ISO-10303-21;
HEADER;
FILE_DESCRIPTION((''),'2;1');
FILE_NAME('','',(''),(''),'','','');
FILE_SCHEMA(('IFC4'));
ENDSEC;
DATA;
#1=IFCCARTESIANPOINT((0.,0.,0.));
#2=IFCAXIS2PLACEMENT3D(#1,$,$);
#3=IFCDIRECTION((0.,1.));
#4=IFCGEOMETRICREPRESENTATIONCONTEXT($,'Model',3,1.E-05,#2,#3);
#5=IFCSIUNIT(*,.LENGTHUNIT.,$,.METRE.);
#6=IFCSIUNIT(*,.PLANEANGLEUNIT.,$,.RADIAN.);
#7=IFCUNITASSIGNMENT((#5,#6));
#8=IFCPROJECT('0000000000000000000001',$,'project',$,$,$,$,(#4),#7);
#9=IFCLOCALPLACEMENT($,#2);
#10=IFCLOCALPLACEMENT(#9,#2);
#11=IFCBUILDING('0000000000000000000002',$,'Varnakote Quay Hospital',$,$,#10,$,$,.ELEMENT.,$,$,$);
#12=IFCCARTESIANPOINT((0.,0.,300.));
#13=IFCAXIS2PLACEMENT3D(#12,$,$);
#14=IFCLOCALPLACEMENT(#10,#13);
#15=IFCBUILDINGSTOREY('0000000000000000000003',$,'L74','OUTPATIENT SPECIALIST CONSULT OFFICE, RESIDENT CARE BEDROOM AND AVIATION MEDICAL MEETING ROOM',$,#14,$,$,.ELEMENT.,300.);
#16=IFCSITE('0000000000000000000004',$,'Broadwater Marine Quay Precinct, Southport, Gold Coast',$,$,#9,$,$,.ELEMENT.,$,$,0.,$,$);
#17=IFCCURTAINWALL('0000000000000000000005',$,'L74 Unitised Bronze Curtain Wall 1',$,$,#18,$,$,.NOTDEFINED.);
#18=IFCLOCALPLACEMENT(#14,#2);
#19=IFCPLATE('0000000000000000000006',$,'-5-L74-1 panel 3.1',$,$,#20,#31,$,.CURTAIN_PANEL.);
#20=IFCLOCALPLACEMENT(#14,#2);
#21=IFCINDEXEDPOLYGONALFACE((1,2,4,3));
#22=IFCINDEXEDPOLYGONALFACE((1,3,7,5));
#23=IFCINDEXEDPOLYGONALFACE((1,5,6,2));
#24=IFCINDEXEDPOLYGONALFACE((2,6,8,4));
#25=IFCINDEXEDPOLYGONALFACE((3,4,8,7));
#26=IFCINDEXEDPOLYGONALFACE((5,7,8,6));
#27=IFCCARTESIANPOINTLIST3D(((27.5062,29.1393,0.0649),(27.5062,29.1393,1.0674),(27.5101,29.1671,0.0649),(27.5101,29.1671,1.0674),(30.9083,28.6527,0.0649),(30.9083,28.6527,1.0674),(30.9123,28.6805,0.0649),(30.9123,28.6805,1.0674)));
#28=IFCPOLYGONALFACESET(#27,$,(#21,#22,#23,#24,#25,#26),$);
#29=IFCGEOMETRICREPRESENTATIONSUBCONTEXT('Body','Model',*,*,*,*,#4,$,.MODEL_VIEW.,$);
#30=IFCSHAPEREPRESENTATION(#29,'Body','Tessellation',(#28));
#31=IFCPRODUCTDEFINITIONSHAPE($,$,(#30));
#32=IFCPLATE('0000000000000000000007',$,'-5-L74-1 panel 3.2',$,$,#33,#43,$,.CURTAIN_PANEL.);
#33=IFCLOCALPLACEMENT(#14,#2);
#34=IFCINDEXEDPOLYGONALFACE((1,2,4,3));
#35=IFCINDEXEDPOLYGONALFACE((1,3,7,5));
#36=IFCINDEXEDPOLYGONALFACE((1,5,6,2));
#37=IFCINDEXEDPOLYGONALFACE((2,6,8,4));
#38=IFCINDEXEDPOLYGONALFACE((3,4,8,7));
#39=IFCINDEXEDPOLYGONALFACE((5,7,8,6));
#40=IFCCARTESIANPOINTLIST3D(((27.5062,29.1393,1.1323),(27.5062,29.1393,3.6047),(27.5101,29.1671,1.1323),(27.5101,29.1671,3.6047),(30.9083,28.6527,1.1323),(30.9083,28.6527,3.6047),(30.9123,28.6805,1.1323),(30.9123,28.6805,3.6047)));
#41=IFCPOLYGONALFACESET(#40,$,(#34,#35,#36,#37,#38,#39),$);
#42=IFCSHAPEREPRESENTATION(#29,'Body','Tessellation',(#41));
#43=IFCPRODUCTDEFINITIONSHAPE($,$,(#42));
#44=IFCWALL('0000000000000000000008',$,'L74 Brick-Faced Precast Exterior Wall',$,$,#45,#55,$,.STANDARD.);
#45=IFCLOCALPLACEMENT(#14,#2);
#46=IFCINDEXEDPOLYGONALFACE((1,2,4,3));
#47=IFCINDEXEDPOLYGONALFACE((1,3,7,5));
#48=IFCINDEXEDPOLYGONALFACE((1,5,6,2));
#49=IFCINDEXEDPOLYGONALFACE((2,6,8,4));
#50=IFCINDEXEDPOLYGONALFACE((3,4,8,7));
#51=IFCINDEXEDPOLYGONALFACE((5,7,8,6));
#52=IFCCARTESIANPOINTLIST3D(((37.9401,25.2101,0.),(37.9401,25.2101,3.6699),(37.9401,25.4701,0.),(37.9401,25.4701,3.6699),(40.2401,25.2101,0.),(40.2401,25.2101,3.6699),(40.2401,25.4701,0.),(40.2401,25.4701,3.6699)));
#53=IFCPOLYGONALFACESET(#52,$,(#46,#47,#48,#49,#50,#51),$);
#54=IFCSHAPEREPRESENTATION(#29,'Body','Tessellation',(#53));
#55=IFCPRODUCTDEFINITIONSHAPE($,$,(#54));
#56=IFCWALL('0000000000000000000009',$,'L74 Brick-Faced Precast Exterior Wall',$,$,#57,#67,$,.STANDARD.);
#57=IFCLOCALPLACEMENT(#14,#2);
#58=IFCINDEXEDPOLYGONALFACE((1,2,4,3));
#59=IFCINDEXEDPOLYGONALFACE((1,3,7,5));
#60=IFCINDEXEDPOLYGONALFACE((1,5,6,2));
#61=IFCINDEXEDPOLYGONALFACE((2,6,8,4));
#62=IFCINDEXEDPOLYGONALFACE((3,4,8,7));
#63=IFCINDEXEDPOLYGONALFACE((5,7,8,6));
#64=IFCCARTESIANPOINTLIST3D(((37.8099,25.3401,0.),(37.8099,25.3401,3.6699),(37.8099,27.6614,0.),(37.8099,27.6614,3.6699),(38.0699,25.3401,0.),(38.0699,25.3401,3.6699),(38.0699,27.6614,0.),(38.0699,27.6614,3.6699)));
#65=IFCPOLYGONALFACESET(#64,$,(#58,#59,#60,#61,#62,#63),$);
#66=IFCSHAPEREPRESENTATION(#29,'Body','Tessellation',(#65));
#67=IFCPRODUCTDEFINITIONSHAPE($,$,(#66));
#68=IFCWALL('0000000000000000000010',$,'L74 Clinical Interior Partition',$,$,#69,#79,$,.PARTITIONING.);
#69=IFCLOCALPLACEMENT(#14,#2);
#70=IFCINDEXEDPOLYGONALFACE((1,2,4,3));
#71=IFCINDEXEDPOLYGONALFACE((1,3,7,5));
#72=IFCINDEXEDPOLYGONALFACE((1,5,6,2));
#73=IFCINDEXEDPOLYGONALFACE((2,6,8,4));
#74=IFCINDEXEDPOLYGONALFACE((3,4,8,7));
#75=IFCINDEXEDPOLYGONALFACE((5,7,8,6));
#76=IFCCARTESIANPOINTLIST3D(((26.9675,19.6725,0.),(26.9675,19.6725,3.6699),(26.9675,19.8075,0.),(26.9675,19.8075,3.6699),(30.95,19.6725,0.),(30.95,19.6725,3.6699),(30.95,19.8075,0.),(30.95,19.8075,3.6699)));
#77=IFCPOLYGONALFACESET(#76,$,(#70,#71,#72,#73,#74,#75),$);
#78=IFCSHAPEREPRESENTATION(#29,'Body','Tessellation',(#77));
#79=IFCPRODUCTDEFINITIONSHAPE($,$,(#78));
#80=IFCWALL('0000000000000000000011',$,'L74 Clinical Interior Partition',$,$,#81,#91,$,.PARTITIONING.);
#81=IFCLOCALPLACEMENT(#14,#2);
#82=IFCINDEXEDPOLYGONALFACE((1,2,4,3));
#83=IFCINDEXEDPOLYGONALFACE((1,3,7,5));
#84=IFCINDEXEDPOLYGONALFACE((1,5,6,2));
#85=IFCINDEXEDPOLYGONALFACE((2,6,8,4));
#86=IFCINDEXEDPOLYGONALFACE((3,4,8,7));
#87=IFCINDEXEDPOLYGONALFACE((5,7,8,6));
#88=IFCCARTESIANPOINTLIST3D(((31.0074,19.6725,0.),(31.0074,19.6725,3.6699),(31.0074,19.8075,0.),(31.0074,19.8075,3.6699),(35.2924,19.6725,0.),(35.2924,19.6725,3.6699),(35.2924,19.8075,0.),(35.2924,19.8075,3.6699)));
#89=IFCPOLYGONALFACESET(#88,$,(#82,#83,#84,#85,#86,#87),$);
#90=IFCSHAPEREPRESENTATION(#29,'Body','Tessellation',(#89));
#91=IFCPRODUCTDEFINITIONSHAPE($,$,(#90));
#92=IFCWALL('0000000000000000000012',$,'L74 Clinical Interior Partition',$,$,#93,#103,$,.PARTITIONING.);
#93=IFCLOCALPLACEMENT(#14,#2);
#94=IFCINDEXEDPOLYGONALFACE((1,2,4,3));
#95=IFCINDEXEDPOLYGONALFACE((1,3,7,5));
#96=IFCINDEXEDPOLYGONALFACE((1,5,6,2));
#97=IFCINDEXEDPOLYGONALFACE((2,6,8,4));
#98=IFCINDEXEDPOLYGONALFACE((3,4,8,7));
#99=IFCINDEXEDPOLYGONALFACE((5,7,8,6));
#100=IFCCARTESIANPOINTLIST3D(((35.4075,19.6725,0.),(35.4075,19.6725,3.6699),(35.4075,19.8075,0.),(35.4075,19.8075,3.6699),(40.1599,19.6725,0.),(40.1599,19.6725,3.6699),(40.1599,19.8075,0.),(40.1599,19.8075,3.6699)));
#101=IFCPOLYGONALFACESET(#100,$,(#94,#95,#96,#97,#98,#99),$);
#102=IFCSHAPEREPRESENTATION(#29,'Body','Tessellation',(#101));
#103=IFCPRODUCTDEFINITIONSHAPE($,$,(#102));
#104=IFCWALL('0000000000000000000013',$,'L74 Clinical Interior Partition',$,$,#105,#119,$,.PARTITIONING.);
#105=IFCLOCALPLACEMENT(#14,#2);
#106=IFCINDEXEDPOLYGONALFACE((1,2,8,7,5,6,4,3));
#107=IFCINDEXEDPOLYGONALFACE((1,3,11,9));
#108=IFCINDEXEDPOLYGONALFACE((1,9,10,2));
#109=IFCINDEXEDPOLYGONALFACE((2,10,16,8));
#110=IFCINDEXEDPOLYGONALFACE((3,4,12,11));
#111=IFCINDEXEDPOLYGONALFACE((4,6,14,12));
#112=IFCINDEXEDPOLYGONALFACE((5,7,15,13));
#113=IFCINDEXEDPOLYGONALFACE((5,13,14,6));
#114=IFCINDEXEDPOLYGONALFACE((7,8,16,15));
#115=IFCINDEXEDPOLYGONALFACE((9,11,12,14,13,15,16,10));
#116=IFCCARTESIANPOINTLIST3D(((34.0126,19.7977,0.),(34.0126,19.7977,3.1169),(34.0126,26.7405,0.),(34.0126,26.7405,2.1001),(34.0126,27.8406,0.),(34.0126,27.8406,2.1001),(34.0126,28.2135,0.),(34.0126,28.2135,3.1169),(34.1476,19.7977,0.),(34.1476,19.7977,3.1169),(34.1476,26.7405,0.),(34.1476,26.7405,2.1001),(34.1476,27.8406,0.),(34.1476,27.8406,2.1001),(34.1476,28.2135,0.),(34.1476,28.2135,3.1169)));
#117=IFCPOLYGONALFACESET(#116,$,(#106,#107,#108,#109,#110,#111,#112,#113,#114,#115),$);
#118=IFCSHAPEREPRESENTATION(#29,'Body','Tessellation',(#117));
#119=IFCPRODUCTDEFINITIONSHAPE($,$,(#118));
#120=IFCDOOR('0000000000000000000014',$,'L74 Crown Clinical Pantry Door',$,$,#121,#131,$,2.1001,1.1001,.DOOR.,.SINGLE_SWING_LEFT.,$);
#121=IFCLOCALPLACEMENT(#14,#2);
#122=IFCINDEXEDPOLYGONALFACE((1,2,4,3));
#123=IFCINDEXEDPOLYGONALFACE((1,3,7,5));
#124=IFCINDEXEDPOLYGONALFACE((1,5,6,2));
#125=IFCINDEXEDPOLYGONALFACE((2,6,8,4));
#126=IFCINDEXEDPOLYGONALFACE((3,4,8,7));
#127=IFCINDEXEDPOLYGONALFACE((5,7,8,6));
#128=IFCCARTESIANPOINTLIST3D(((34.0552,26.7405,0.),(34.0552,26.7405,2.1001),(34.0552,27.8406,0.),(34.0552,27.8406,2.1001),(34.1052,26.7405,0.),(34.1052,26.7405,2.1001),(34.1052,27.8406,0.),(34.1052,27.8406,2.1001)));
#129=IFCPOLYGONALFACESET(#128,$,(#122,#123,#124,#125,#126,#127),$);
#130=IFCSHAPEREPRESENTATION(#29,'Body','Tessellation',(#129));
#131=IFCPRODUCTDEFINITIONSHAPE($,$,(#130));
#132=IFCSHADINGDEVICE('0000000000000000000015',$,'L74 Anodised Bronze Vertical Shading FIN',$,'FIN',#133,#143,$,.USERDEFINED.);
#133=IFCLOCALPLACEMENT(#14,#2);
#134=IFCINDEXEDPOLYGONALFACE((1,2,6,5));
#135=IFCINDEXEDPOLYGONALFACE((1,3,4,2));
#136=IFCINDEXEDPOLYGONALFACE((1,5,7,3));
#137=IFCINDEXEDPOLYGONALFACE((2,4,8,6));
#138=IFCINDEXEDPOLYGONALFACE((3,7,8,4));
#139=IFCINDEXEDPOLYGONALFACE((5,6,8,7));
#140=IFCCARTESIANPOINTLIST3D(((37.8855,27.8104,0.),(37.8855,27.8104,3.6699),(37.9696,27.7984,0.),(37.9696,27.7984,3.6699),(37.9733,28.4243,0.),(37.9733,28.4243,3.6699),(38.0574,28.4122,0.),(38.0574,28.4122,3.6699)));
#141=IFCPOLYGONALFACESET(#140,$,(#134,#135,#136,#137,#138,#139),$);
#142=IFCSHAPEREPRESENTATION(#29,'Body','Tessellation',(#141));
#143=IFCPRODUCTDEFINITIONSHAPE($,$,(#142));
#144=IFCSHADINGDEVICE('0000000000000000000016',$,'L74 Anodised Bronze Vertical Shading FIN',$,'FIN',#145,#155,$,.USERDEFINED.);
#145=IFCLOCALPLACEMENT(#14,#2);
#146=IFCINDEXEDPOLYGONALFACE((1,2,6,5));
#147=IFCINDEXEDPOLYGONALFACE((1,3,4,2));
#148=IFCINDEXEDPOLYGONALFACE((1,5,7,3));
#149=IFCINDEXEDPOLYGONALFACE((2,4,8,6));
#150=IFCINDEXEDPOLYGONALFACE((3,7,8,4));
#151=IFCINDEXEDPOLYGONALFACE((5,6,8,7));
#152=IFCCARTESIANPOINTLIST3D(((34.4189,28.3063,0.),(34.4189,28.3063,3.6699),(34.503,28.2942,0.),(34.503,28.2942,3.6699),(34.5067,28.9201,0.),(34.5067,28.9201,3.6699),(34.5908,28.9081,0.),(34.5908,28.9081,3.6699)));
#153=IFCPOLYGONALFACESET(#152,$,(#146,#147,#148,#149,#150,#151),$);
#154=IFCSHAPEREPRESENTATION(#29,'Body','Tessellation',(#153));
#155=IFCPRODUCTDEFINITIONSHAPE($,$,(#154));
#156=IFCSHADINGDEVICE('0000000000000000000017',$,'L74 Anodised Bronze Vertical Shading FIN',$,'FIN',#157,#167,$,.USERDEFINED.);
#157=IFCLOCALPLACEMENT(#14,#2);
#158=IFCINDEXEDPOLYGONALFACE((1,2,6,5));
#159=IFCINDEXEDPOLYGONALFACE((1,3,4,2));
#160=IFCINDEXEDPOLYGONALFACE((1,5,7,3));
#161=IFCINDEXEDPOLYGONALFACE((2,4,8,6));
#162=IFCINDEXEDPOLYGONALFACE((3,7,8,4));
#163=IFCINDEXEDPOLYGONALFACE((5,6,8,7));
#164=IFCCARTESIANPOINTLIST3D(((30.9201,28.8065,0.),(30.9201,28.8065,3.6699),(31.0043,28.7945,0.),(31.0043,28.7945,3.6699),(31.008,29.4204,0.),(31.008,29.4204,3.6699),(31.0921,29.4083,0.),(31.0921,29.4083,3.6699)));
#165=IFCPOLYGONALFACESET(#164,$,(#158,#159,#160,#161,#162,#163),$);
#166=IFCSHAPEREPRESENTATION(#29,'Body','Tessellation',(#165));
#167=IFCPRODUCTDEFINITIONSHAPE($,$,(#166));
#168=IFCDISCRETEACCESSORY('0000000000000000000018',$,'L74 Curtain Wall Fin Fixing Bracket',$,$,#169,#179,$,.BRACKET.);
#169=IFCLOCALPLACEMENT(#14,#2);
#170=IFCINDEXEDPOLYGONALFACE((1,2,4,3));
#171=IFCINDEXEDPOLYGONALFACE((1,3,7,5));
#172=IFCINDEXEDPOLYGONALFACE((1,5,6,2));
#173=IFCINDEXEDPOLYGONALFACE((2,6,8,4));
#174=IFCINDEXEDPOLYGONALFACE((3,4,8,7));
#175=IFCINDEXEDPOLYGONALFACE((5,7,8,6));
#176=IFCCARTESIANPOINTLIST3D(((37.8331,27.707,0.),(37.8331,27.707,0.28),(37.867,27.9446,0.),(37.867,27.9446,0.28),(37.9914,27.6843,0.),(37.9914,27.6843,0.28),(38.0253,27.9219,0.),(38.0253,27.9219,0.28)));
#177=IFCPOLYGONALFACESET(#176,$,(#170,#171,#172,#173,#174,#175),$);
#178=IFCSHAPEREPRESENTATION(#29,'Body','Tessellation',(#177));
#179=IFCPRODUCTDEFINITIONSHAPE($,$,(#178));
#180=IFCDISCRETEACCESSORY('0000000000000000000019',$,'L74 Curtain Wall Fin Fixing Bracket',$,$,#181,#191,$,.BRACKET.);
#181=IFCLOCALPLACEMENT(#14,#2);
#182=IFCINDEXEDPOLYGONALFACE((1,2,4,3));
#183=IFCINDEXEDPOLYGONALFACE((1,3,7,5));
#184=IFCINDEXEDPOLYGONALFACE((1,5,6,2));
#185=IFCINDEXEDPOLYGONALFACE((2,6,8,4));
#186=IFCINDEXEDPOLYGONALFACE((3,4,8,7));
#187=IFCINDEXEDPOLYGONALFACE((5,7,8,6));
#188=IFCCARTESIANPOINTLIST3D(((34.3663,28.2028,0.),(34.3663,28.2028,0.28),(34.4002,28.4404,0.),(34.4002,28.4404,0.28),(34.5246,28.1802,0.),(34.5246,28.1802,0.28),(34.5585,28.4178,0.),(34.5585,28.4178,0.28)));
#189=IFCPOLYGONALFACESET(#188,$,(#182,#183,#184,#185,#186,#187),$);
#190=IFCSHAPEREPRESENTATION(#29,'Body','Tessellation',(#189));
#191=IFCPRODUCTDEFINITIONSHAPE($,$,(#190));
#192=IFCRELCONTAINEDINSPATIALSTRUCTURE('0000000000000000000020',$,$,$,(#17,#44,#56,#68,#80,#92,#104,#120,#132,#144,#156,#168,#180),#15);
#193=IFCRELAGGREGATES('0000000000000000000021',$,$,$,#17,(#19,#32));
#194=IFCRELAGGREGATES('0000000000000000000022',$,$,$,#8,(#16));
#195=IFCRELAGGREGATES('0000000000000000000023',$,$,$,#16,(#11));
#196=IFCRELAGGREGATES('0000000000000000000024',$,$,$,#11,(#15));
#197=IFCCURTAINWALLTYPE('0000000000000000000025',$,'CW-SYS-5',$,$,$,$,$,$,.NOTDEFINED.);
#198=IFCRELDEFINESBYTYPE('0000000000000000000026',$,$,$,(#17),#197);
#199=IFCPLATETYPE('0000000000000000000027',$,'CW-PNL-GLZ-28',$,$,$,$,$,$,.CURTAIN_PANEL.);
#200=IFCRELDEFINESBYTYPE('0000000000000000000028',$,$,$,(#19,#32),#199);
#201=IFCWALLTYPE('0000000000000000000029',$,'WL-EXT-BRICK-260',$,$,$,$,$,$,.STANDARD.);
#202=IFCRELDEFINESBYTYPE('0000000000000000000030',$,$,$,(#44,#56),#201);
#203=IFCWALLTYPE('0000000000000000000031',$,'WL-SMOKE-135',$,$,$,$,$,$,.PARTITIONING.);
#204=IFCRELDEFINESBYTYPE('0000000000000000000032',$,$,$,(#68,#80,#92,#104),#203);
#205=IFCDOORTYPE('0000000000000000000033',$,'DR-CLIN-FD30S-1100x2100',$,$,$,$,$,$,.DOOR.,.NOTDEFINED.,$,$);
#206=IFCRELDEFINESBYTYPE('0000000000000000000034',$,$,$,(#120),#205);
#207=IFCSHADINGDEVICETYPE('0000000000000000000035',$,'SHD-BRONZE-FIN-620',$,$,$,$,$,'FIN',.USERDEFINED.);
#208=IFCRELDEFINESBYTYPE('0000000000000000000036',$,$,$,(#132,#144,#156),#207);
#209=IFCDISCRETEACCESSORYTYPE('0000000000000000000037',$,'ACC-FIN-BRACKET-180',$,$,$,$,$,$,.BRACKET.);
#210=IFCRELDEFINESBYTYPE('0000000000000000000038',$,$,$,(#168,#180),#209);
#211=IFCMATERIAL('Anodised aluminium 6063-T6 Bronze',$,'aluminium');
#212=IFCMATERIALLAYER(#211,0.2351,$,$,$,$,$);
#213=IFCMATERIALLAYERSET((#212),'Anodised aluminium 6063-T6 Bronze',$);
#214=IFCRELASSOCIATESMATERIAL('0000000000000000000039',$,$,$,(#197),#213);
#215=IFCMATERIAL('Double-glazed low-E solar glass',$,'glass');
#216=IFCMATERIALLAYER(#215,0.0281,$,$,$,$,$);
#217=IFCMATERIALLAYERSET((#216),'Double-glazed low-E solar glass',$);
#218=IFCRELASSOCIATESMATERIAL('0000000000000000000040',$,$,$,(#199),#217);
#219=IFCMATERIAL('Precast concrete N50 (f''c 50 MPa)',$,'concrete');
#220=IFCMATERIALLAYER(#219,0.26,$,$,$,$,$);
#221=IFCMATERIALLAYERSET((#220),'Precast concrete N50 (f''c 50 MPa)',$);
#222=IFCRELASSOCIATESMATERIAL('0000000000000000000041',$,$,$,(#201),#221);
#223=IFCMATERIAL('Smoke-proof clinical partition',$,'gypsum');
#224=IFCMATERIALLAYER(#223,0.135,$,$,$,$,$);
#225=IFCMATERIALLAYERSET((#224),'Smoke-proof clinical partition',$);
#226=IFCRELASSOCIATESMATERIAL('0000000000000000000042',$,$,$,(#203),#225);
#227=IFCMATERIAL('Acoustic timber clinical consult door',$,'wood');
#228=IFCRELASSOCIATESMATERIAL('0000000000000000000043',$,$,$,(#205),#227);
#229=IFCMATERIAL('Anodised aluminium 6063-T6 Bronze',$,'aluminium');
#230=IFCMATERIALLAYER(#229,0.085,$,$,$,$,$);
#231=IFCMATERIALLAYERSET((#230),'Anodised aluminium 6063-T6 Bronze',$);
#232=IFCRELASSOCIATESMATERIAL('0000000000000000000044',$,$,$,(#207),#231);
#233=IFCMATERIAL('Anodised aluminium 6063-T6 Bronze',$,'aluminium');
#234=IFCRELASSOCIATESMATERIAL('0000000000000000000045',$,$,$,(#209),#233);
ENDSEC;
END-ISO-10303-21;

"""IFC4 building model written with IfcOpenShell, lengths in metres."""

from ifc_helpers import new_model, si_unit, direction, frame, frame_2d, origin, origin_2d, place, context, subcontext, project, spatial, rectangle, extrude, material, layer, layer_set, type_object, element, fill, aggregate, save


model = new_model("IFC4")

# Units and contexts
model_context = context("Model", 3, precision=1e-05, world=origin(), true_north=direction((0.0, 1.0)))
body_context = subcontext(model_context, "Body", "Model", "MODEL_VIEW")
ifc_project = project(units=[si_unit("LENGTHUNIT", "METRE"), si_unit("PLANEANGLEUNIT", "RADIAN")], contexts=[model_context])

# Site, building, storey
site_placement = place(None, origin())
site = spatial("IfcSite", under=ifc_project, at=site_placement, Name="Broadwater Marine Quay Precinct, Southport, Gold Coast", CompositionType="ELEMENT", RefElevation=0.0)
building_placement = place(site_placement, origin())
building = spatial("IfcBuilding", under=site, at=building_placement, Name="Varnakote Quay Hospital", CompositionType="ELEMENT")
storey_placement = place(building_placement, frame((0.0, 0.0, 300.0)))
storey = spatial("IfcBuildingStorey", under=building, at=storey_placement, Name="L74", Description="OUTPATIENT SPECIALIST CONSULT OFFICE, RESIDENT CARE BEDROOM AND AVIATION MEDICAL MEETING ROOM", CompositionType="ELEMENT", Elevation=300.0)

# Curtain wall, plates
ifc_material_1 = material(Name="Anodised aluminium 6063-T6 Bronze", Category="aluminium")
ifc_layer_1 = layer(ifc_material_1, 0.2351)
ifc_layer_set_1 = layer_set([ifc_layer_1], Name="Anodised aluminium 6063-T6 Bronze")
curtain_wall_type = type_object("IfcCurtainWallType", Name="CW-SYS-5", PredefinedType="NOTDEFINED", material=ifc_layer_set_1)
curtain_wall_placement = place(storey_placement, origin())
curtain_wall = element("IfcCurtainWall", 1, at=curtain_wall_placement, inside=storey, type_object=curtain_wall_type, Name="L74 Unitised Bronze Curtain Wall 1", PredefinedType="NOTDEFINED")
ifc_material_2 = material(Name="Double-glazed low-E solar glass", Category="glass")
ifc_layer_2 = layer(ifc_material_2, 0.0281)
ifc_layer_set_2 = layer_set([ifc_layer_2], Name="Double-glazed low-E solar glass")
plate_type = type_object("IfcPlateType", Name="CW-PNL-GLZ-28", PredefinedType="CURTAIN_PANEL", material=ifc_layer_set_2)
plate_1_placement = place(storey_placement, frame((29.2092, 28.9099, 0.0649), z_axis=(0.0, 0.0, 1.0), x_axis=(-0.989928, 0.141572, 0.0)))
plate_1 = element("IfcPlate", 2, at=plate_1_placement, type_object=plate_type, Name="-5-L74-1 panel 3.1", PredefinedType="CURTAIN_PANEL", context=body_context, shape_type="SweptSolid", body=[
    extrude(rectangle(XDim=3.4368, YDim=0.0281, at=origin_2d()), origin(), (0.0, 0.0, 1.0), 1.0024),
])
plate_2_placement = place(storey_placement, frame((29.2092, 28.9099, 1.1323), z_axis=(0.0, 0.0, 1.0), x_axis=(-0.989928, 0.141572, 0.0)))
plate_2 = element("IfcPlate", 3, at=plate_2_placement, type_object=plate_type, Name="-5-L74-1 panel 3.2", PredefinedType="CURTAIN_PANEL", context=body_context, shape_type="SweptSolid", body=[
    extrude(rectangle(XDim=3.4368, YDim=0.0281, at=origin_2d()), origin(), (0.0, 0.0, 1.0), 2.4724),
])
aggregate(curtain_wall, [plate_1, plate_2])

# Walls
ifc_material_3 = material(Name="Precast concrete N50 (f'c 50 MPa)", Category="concrete")
ifc_layer_3 = layer(ifc_material_3, 0.26)
ifc_layer_set_3 = layer_set([ifc_layer_3], Name="Precast concrete N50 (f'c 50 MPa)")
wall_type_1 = type_object("IfcWallType", Name="WL-EXT-BRICK-260", PredefinedType="STANDARD", material=ifc_layer_set_3)
wall_1_placement = place(storey_placement, frame((40.24, 25.3401, 0.0), z_axis=(0.0, 0.0, 1.0), x_axis=(-1.0, 0.0, 0.0)))
element("IfcWall", 4, at=wall_1_placement, inside=storey, type_object=wall_type_1, Name="L74 Brick-Faced Precast Exterior Wall", PredefinedType="STANDARD", context=body_context, shape_type="SweptSolid", body=[
    extrude(rectangle(XDim=2.3, YDim=0.26, at=frame_2d((1.1499, 0.0))), origin(), (0.0, 0.0, 1.0), 3.6699),
])
wall_2_placement = place(storey_placement, frame((37.9399, 25.3401, 0.0), z_axis=(0.0, 0.0, 1.0), x_axis=(0.0, 1.0, 0.0)))
element("IfcWall", 5, at=wall_2_placement, inside=storey, type_object=wall_type_1, Name="L74 Brick-Faced Precast Exterior Wall", PredefinedType="STANDARD", context=body_context, shape_type="SweptSolid", body=[
    extrude(rectangle(XDim=2.3213, YDim=0.26, at=frame_2d((1.1606, 0.0))), origin(), (0.0, 0.0, 1.0), 3.6699),
])
ifc_material_4 = material(Name="Smoke-proof clinical partition", Category="gypsum")
ifc_layer_4 = layer(ifc_material_4, 0.135)
ifc_layer_set_4 = layer_set([ifc_layer_4], Name="Smoke-proof clinical partition")
wall_type_2 = type_object("IfcWallType", Name="WL-SMOKE-135", PredefinedType="PARTITIONING", material=ifc_layer_set_4)
wall_3_placement = place(storey_placement, frame((30.95, 19.74, 0.0), z_axis=(0.0, 0.0, 1.0), x_axis=(-1.0, 0.0, 0.0)))
element("IfcWall", 6, at=wall_3_placement, inside=storey, type_object=wall_type_2, Name="L74 Clinical Interior Partition", PredefinedType="PARTITIONING", context=body_context, shape_type="SweptSolid", body=[
    extrude(rectangle(XDim=3.9824, YDim=0.135, at=frame_2d((1.9912, 0.0))), origin(), (0.0, 0.0, 1.0), 3.6699),
])
wall_4_placement = place(storey_placement, frame((35.2925, 19.74, 0.0), z_axis=(0.0, 0.0, 1.0), x_axis=(-1.0, 0.0, 0.0)))
element("IfcWall", 7, at=wall_4_placement, inside=storey, type_object=wall_type_2, Name="L74 Clinical Interior Partition", PredefinedType="PARTITIONING", context=body_context, shape_type="SweptSolid", body=[
    extrude(rectangle(XDim=4.2849, YDim=0.135, at=frame_2d((2.1426, 0.0))), origin(), (0.0, 0.0, 1.0), 3.6699),
])
wall_5_placement = place(storey_placement, frame((40.1599, 19.74, 0.0), z_axis=(0.0, 0.0, 1.0), x_axis=(-1.0, 0.0, 0.0)))
element("IfcWall", 8, at=wall_5_placement, inside=storey, type_object=wall_type_2, Name="L74 Clinical Interior Partition", PredefinedType="PARTITIONING", context=body_context, shape_type="SweptSolid", body=[
    extrude(rectangle(XDim=4.7524, YDim=0.135, at=frame_2d((2.3762, 0.0))), origin(), (0.0, 0.0, 1.0), 3.6699),
])

# Wall, opening, door
wall_6_placement = place(storey_placement, frame((34.0801, 19.7976, 0.0), z_axis=(0.0, 0.0, 1.0), x_axis=(0.0, 1.0, 0.0)))
wall_6 = element("IfcWall", 9, at=wall_6_placement, inside=storey, type_object=wall_type_2, Name="L74 Clinical Interior Partition", PredefinedType="PARTITIONING", context=body_context, shape_type="SweptSolid", body=[
    extrude(rectangle(XDim=8.4158, YDim=0.135, at=frame_2d((4.208, 0.0))), origin(), (0.0, 0.0, 1.0), 3.1169),
])
opening_placement = place(wall_6_placement, frame((6.9429, 0.0, 0.0)))
opening = element("IfcOpeningElement", 10, at=opening_placement, cuts=wall_6, PredefinedType="OPENING", context=body_context, shape_type="SweptSolid", body=[
    extrude(rectangle(XDim=1.1001, YDim=2.1001, at=frame_2d((0.55, 1.05))), frame((0.0, 0.0774, 0.0), z_axis=(0.0, -1.0, 0.0), x_axis=(1.0, 0.0, 0.0)), (0.0, 0.0, 1.0), 0.155),
])
ifc_material_5 = material(Name="Acoustic timber clinical consult door", Category="wood")
door_type = type_object("IfcDoorType", Name="DR-CLIN-FD30S-1100x2100", OperationType="NOTDEFINED", PredefinedType="DOOR", material=ifc_material_5)
door_placement = place(opening_placement, origin())
door = element("IfcDoor", 11, at=door_placement, inside=storey, type_object=door_type, Name="L74 Crown Clinical Pantry Door", OperationType="SINGLE_SWING_LEFT", OverallHeight=2.1001, OverallWidth=1.1001, PredefinedType="DOOR", context=body_context, shape_type="SweptSolid", body=[
    extrude(rectangle(XDim=1.1001, YDim=2.1001, at=frame_2d((0.55, 1.05))), frame((0.0, 0.0249, 0.0), z_axis=(0.0, -1.0, 0.0), x_axis=(1.0, 0.0, 0.0)), (0.0, 0.0, 1.0), 0.05),
])
fill(opening, door)

# Shading devices
ifc_material_6 = material(Name="Anodised aluminium 6063-T6 Bronze", Category="aluminium")
ifc_layer_5 = layer(ifc_material_6, 0.085)
ifc_layer_set_5 = layer_set([ifc_layer_5], Name="Anodised aluminium 6063-T6 Bronze")
shading_device_type = type_object("IfcShadingDeviceType", Name="SHD-BRONZE-FIN-620", ElementType="FIN", PredefinedType="USERDEFINED", material=ifc_layer_set_5)
for number, where, z_axis, x_axis, name in (
    (12, (37.9714, 28.1113, 0.0), (0.0, 0.0, 1.0), (-0.141592, -0.989925, 0.0), "L74 Anodised Bronze Vertical Shading FIN"),
    (13, (34.5049, 28.6072, 0.0), (0.0, 0.0, 1.0), (-0.141592, -0.989925, 0.0), "L74 Anodised Bronze Vertical Shading FIN"),
    (14, (31.0061, 29.1074, 0.0), (0.0, 0.0, 1.0), (-0.141592, -0.989925, 0.0), "L74 Anodised Bronze Vertical Shading FIN"),
):
    element("IfcShadingDevice", number, at=place(storey_placement, frame(where, z_axis=z_axis, x_axis=x_axis)), inside=storey, type_object=shading_device_type, Name=name, ObjectType="FIN", PredefinedType="USERDEFINED", context=body_context, shape_type="SweptSolid", body=[
        extrude(rectangle(XDim=0.6201, YDim=0.085, at=origin_2d()), origin(), (0.0, 0.0, 1.0), 3.6699),
    ])

# Discrete accessories
ifc_material_7 = material(Name="Anodised aluminium 6063-T6 Bronze", Category="aluminium")
discrete_accessory_type = type_object("IfcDiscreteAccessoryType", Name="ACC-FIN-BRACKET-180", PredefinedType="BRACKET", material=ifc_material_7)
for number, where, z_axis, x_axis, name in (
    (15, (37.9292, 27.8145, 0.0), (0.0, 0.0, 1.0), (-0.989925, 0.141592, 0.0), "L74 Curtain Wall Fin Fixing Bracket"),
    (16, (34.4624, 28.3103, 0.0), (0.0, 0.0, 1.0), (-0.989925, 0.141592, 0.0), "L74 Curtain Wall Fin Fixing Bracket"),
):
    element("IfcDiscreteAccessory", number, at=place(storey_placement, frame(where, z_axis=z_axis, x_axis=x_axis)), inside=storey, type_object=discrete_accessory_type, Name=name, PredefinedType="BRACKET", context=body_context, shape_type="SweptSolid", body=[
        extrude(rectangle(XDim=0.1599, YDim=0.24, at=origin_2d()), origin(), (0.0, 0.0, 1.0), 0.28),
    ])

save(model, "model.ifc")
